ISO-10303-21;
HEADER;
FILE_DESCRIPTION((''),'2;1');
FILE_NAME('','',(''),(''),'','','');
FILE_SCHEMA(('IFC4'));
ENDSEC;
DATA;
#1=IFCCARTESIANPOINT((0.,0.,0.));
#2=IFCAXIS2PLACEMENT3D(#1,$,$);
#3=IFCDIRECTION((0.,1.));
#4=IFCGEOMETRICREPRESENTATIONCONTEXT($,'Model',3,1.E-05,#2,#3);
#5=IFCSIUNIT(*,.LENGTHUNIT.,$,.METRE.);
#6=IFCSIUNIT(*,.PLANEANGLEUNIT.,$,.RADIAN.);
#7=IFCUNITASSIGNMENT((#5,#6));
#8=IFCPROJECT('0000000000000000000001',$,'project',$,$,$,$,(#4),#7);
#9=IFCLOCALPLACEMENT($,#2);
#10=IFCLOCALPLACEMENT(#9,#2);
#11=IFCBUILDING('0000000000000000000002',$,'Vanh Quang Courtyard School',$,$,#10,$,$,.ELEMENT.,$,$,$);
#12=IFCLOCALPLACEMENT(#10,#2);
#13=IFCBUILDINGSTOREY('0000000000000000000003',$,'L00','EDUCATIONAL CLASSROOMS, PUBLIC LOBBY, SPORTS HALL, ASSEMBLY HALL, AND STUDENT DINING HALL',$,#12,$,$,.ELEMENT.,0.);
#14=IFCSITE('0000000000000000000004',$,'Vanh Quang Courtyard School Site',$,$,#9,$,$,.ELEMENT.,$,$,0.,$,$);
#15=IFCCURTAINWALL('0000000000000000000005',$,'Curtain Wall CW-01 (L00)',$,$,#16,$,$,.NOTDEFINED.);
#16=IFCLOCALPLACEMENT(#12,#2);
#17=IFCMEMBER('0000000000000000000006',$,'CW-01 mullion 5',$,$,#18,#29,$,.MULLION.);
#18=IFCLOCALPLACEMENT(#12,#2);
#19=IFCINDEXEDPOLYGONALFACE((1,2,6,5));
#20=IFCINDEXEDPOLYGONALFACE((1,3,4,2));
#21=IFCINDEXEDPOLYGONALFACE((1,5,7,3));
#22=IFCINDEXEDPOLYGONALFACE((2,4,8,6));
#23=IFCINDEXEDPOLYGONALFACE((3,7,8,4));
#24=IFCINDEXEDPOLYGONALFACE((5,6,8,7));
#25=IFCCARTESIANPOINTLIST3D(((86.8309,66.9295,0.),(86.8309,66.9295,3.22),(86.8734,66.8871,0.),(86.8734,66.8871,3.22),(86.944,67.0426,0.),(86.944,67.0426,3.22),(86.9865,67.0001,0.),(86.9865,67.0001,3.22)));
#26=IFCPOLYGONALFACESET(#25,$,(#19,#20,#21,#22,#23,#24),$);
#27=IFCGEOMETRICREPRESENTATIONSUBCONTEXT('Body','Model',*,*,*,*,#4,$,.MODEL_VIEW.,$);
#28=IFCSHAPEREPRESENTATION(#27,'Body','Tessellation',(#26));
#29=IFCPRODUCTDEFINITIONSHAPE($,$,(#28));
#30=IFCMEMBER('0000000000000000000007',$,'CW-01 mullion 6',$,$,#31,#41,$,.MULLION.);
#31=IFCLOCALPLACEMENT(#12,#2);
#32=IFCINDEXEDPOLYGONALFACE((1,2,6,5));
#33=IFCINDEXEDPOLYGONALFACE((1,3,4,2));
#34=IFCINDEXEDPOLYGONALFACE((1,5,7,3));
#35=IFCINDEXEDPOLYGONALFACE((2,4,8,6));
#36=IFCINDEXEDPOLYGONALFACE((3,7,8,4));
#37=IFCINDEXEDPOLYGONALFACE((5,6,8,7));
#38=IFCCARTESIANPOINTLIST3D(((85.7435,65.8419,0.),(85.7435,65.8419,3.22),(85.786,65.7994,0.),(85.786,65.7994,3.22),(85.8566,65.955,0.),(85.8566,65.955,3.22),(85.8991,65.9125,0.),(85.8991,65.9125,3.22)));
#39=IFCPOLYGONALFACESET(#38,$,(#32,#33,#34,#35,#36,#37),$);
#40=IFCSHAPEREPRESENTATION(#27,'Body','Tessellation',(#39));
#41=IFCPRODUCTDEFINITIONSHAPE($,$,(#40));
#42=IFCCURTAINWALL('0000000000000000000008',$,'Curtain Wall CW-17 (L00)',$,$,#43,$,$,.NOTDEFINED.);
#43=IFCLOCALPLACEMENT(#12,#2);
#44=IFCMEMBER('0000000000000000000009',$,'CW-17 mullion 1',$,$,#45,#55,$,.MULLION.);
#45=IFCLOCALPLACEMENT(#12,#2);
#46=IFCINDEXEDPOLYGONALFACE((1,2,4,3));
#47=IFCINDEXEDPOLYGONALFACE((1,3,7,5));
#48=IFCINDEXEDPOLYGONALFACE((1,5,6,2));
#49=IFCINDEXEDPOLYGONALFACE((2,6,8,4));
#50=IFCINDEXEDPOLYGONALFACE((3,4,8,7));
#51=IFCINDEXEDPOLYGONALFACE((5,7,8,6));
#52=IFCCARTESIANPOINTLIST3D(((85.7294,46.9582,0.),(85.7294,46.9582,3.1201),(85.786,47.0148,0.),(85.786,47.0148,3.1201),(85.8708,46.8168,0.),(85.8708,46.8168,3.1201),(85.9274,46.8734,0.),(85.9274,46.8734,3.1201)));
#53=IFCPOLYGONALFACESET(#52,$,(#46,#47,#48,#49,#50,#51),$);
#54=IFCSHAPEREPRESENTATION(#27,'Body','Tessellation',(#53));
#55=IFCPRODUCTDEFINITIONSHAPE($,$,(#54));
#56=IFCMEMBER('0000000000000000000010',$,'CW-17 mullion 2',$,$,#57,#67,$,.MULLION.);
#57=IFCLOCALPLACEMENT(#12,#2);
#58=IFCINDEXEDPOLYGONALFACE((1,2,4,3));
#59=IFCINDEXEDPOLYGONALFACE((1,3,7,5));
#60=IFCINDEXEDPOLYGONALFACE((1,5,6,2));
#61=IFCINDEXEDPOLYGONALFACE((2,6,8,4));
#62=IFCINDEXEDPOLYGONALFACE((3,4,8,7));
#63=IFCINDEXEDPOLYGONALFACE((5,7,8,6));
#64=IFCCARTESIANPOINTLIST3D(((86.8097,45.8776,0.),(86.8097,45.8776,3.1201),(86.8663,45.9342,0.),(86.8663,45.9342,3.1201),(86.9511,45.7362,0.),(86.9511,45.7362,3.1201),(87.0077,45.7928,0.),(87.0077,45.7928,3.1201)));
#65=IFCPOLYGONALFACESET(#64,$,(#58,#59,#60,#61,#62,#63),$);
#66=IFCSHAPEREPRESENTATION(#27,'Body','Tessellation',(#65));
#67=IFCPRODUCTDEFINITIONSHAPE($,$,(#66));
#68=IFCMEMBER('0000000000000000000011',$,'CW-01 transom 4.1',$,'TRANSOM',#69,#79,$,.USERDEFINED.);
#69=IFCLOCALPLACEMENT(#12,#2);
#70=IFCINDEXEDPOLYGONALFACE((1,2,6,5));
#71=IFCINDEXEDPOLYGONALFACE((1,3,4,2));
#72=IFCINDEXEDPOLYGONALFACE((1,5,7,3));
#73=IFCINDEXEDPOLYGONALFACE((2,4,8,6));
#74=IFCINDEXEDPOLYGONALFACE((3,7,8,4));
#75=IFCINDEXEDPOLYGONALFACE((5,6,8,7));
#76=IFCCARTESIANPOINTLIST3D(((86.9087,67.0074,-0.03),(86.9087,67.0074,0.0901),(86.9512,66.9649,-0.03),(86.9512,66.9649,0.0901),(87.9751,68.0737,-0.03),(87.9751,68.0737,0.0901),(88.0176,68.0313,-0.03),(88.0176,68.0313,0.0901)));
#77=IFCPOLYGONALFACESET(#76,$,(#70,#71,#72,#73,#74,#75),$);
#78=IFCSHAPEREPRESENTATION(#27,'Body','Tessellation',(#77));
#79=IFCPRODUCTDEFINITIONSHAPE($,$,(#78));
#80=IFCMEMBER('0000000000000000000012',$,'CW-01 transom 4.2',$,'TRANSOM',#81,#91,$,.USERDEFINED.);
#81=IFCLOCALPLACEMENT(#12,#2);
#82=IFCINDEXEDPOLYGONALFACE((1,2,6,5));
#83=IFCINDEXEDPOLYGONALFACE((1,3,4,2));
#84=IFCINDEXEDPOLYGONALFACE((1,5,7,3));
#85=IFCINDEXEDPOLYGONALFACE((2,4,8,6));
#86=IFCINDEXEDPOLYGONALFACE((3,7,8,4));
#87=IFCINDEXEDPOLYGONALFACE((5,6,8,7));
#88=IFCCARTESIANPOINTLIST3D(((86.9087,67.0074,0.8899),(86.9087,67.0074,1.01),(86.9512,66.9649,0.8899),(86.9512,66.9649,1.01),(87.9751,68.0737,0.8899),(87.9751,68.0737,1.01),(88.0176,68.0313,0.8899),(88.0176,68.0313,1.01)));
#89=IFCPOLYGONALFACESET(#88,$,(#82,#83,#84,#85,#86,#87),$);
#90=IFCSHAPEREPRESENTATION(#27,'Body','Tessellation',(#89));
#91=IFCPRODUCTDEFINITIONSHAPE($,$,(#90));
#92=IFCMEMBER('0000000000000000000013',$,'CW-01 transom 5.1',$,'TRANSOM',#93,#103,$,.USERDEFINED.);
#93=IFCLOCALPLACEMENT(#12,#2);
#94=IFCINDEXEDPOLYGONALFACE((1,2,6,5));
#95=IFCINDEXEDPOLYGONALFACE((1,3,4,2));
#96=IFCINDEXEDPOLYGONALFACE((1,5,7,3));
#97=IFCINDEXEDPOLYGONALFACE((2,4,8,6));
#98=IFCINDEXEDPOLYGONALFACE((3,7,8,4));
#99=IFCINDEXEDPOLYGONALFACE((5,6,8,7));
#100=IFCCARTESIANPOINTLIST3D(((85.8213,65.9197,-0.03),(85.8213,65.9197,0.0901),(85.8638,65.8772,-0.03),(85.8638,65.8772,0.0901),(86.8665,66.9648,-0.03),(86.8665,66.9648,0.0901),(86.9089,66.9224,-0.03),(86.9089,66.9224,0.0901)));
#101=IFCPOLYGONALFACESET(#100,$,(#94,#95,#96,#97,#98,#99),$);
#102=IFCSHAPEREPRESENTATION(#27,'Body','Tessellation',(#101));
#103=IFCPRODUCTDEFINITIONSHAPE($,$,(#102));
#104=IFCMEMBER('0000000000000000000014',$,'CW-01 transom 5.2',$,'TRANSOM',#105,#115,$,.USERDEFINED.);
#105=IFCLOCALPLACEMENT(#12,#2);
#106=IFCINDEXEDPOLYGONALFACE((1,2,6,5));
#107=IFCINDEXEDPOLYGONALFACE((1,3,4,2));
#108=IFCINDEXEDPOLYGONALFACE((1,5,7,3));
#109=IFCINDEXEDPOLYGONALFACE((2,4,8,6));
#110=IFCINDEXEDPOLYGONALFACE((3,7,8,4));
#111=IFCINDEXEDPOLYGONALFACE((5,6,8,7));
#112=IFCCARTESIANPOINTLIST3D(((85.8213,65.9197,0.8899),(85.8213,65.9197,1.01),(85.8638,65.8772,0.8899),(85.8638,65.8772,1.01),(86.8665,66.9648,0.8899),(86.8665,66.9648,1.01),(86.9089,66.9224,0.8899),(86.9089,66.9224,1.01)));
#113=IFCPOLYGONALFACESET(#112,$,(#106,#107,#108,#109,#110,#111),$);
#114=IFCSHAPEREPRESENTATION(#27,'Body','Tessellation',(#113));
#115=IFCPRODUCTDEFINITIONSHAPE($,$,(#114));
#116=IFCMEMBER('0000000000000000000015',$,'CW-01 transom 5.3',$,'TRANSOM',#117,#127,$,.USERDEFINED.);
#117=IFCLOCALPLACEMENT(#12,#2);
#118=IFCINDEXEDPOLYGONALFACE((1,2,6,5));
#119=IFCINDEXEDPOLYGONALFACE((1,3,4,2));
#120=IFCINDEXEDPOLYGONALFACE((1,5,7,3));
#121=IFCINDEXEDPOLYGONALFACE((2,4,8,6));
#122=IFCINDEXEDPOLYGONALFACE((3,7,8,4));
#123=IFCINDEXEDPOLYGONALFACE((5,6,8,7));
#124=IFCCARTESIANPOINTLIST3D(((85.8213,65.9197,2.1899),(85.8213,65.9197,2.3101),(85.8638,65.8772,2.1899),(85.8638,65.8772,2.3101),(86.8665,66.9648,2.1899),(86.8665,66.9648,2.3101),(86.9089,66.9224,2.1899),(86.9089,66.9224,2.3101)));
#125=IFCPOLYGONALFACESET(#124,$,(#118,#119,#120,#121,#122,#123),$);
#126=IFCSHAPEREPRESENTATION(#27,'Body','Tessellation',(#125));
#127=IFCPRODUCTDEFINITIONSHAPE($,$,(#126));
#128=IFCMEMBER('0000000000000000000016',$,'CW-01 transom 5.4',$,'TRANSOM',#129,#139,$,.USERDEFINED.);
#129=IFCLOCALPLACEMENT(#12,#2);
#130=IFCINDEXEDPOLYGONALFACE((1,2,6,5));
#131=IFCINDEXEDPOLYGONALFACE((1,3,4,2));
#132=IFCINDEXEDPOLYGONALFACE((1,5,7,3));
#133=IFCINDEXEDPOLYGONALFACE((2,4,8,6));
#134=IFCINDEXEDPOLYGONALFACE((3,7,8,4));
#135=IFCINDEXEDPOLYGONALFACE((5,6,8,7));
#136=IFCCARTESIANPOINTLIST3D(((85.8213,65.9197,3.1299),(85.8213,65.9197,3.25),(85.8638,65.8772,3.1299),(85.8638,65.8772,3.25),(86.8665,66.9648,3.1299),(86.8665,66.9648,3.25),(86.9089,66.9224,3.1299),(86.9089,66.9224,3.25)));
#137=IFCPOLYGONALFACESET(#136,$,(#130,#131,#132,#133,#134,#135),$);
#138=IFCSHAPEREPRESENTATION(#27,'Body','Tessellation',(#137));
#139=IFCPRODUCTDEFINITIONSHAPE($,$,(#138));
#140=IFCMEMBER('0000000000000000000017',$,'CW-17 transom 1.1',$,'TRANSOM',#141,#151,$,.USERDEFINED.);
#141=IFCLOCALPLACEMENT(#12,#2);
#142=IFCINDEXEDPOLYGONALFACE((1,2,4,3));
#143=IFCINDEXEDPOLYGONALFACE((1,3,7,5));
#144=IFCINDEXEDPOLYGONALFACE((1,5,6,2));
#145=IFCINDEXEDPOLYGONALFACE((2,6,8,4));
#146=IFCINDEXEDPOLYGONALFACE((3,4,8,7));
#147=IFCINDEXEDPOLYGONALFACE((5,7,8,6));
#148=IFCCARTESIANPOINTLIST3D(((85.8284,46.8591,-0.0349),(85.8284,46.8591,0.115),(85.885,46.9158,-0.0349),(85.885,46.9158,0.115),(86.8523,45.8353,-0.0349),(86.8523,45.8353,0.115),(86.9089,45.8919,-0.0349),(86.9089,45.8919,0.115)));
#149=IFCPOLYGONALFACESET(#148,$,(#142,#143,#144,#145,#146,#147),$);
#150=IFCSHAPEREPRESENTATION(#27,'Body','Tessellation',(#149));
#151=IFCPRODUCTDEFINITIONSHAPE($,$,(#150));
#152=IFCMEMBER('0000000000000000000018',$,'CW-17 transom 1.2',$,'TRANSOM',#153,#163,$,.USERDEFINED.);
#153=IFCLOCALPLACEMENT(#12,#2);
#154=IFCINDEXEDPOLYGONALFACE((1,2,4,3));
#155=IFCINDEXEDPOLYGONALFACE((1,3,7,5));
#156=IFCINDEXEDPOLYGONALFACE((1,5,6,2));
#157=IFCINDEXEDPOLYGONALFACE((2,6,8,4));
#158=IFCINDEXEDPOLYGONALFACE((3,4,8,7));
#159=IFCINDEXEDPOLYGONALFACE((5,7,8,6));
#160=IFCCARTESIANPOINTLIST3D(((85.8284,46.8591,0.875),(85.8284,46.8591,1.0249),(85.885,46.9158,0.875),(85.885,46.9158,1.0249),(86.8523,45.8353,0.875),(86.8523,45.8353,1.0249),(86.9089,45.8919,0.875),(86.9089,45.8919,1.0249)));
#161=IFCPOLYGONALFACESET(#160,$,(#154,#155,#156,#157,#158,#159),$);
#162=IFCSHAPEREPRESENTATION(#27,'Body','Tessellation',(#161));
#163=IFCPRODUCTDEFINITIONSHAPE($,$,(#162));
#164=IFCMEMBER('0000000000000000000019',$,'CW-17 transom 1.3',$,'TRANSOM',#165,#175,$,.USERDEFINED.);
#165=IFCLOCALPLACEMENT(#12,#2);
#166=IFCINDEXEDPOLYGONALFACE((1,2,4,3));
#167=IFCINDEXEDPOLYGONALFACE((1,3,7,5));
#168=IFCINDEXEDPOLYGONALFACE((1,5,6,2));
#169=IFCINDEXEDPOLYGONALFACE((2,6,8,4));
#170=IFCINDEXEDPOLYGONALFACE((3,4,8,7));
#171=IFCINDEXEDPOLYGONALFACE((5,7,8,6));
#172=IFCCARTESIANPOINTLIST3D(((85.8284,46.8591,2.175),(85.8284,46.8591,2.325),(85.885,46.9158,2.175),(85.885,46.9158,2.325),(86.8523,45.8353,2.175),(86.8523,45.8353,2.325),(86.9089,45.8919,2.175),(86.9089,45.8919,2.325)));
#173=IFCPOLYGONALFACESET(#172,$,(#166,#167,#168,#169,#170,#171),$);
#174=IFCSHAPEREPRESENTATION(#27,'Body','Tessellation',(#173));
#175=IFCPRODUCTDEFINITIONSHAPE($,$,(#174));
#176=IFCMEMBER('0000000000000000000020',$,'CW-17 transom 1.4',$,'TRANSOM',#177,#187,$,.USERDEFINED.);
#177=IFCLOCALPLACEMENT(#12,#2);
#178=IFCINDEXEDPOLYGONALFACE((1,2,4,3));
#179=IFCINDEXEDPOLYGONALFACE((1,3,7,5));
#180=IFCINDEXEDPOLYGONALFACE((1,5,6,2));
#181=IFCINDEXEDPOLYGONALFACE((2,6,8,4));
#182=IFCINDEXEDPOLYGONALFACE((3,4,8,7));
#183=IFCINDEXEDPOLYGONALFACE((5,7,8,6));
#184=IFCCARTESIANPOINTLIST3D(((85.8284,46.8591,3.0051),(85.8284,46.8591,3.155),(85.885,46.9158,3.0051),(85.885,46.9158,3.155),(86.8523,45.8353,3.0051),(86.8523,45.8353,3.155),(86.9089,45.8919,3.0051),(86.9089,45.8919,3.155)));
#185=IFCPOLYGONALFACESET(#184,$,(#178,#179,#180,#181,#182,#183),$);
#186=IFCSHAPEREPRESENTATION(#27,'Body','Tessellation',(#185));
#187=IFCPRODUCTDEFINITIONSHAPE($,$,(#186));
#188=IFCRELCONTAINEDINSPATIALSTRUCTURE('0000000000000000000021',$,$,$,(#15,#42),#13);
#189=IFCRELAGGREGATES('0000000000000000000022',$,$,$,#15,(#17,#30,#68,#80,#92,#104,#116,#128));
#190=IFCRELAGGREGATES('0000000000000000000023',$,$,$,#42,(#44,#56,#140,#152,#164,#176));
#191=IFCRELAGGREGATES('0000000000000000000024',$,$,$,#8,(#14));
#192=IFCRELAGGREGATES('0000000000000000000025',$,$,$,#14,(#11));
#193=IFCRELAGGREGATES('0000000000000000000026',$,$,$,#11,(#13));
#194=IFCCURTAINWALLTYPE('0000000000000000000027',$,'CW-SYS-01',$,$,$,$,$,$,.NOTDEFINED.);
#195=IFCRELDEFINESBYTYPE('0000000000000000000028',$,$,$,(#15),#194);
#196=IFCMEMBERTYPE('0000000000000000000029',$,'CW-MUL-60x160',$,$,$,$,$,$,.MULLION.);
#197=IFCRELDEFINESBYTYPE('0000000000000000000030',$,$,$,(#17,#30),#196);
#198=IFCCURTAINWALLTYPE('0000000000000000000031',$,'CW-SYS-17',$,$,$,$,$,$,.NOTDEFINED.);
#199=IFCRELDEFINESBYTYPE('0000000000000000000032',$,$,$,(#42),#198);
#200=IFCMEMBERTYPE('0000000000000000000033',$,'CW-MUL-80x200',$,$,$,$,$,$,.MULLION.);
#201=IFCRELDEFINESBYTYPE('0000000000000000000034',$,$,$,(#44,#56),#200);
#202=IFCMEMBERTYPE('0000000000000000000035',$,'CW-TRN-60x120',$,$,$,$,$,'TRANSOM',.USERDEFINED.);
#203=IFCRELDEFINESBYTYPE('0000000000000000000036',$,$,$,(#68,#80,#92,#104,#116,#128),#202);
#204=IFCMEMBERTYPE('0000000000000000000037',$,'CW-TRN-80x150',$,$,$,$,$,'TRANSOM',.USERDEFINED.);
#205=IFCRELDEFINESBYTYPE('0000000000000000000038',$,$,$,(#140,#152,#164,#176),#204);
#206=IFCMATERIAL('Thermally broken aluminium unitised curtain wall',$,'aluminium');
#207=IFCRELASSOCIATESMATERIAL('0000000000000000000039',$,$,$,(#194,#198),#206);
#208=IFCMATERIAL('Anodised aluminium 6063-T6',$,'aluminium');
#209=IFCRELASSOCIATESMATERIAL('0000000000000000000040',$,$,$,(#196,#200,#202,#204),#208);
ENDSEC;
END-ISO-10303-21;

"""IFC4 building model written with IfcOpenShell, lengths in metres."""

from ifc_helpers import new_model, si_unit, direction, frame, origin, origin_2d, place, context, subcontext, project, spatial, rectangle, extrude, material, material_profile, profile_set, type_object, element, aggregate, save


model = new_model("IFC4")

# Units and contexts
model_context = context("Model", 3, precision=1e-05, world=origin(), true_north=direction((0.0, 1.0)))
body_context = subcontext(model_context, "Body", "Model", "MODEL_VIEW")
ifc_project = project(units=[si_unit("LENGTHUNIT", "METRE"), si_unit("PLANEANGLEUNIT", "RADIAN")], contexts=[model_context])

# Site, building, storey
site_placement = place(None, origin())
site = spatial("IfcSite", under=ifc_project, at=site_placement, Name="Vanh Quang Courtyard School Site", CompositionType="ELEMENT", RefElevation=0.0)
building_placement = place(site_placement, origin())
building = spatial("IfcBuilding", under=site, at=building_placement, Name="Vanh Quang Courtyard School", CompositionType="ELEMENT")
storey_placement = place(building_placement, origin())
storey = spatial("IfcBuildingStorey", under=building, at=storey_placement, Name="L00", Description="EDUCATIONAL CLASSROOMS, PUBLIC LOBBY, SPORTS HALL, ASSEMBLY HALL, AND STUDENT DINING HALL", CompositionType="ELEMENT", Elevation=0.0)

# Curtain walls, members
ifc_material_1 = material(Name="Thermally broken aluminium unitised curtain wall", Category="aluminium")
curtain_wall_type_1 = type_object("IfcCurtainWallType", Name="CW-SYS-01", PredefinedType="NOTDEFINED", material=ifc_material_1)
curtain_wall_1_placement = place(storey_placement, origin())
curtain_wall_1 = element("IfcCurtainWall", 1, at=curtain_wall_1_placement, inside=storey, type_object=curtain_wall_type_1, Name="Curtain Wall CW-01 (L00)", PredefinedType="NOTDEFINED")
ifc_material_2 = material(Name="Anodised aluminium 6063-T6", Category="aluminium")
ifc_material_profile_1 = material_profile(ifc_material_2, rectangle(XDim=0.0601, YDim=0.1599, at=origin_2d()), Name="ALU-MUL 60x160")
ifc_profile_set_1 = profile_set([ifc_material_profile_1], Name="Anodised aluminium 6063-T6")
member_type_1 = type_object("IfcMemberType", Name="CW-MUL-60x160", PredefinedType="MULLION", material=ifc_profile_set_1)
member_1_placement = place(storey_placement, frame((86.9087, 66.9648, 0.0), z_axis=(0.0, 0.0, 1.0), x_axis=(0.707107, -0.707107, 0.0)))
member_1 = element("IfcMember", 2, at=member_1_placement, type_object=member_type_1, Name="CW-01 mullion 5", PredefinedType="MULLION", context=body_context, shape_type="SweptSolid", body=[
    extrude(rectangle(XDim=0.0601, YDim=0.1599, at=origin_2d()), origin(), (0.0, 0.0, 1.0), 3.22),
])
member_2_placement = place(storey_placement, frame((85.8213, 65.8772, 0.0), z_axis=(0.0, 0.0, 1.0), x_axis=(0.707107, -0.707107, 0.0)))
member_2 = element("IfcMember", 3, at=member_2_placement, type_object=member_type_1, Name="CW-01 mullion 6", PredefinedType="MULLION", context=body_context, shape_type="SweptSolid", body=[
    extrude(rectangle(XDim=0.0601, YDim=0.1599, at=origin_2d()), origin(), (0.0, 0.0, 1.0), 3.22),
])
curtain_wall_type_2 = type_object("IfcCurtainWallType", Name="CW-SYS-17", PredefinedType="NOTDEFINED", material=ifc_material_1)
curtain_wall_2_placement = place(storey_placement, origin())
curtain_wall_2 = element("IfcCurtainWall", 4, at=curtain_wall_2_placement, inside=storey, type_object=curtain_wall_type_2, Name="Curtain Wall CW-17 (L00)", PredefinedType="NOTDEFINED")
ifc_material_profile_2 = material_profile(ifc_material_2, rectangle(XDim=0.0801, YDim=0.2, at=origin_2d()), Name="ALU-MUL 80x200")
ifc_profile_set_2 = profile_set([ifc_material_profile_2], Name="Anodised aluminium 6063-T6")
member_type_2 = type_object("IfcMemberType", Name="CW-MUL-80x200", PredefinedType="MULLION", material=ifc_profile_set_2)
member_3_placement = place(storey_placement, frame((85.8284, 46.9158, 0.0), z_axis=(0.0, 0.0, 1.0), x_axis=(0.707107, 0.707107, 0.0)))
member_3 = element("IfcMember", 5, at=member_3_placement, type_object=member_type_2, Name="CW-17 mullion 1", PredefinedType="MULLION", context=body_context, shape_type="SweptSolid", body=[
    extrude(rectangle(XDim=0.0801, YDim=0.2, at=origin_2d()), origin(), (0.0, 0.0, 1.0), 3.1201),
])
member_4_placement = place(storey_placement, frame((86.9087, 45.8352, 0.0), z_axis=(0.0, 0.0, 1.0), x_axis=(0.707107, 0.707107, 0.0)))
member_4 = element("IfcMember", 6, at=member_4_placement, type_object=member_type_2, Name="CW-17 mullion 2", PredefinedType="MULLION", context=body_context, shape_type="SweptSolid", body=[
    extrude(rectangle(XDim=0.0801, YDim=0.2, at=origin_2d()), origin(), (0.0, 0.0, 1.0), 3.1201),
])

# Members
ifc_material_profile_3 = material_profile(ifc_material_2, rectangle(XDim=0.0601, YDim=0.1201, at=origin_2d()), Name="ALU-TRN 60x120")
ifc_profile_set_3 = profile_set([ifc_material_profile_3], Name="Anodised aluminium 6063-T6")
member_type_3 = type_object("IfcMemberType", Name="CW-TRN-60x120", ElementType="TRANSOM", PredefinedType="USERDEFINED", material=ifc_profile_set_3)
member_5_placement = place(storey_placement, frame((87.9963, 68.0525, 0.03), z_axis=(-0.707107, -0.707107, 0.0), x_axis=(0.707107, -0.707107, 0.0)))
member_5 = element("IfcMember", 7, at=member_5_placement, type_object=member_type_3, Name="CW-01 transom 4.1", ObjectType="TRANSOM", PredefinedType="USERDEFINED", context=body_context, shape_type="SweptSolid", body=[
    extrude(rectangle(XDim=0.0601, YDim=0.1201, at=origin_2d()), origin(), (0.0, 0.0, 1.0), 1.5081),
])
member_6_placement = place(storey_placement, frame((87.9963, 68.0525, 0.95), z_axis=(-0.707107, -0.707107, 0.0), x_axis=(0.707107, -0.707107, 0.0)))
member_6 = element("IfcMember", 8, at=member_6_placement, type_object=member_type_3, Name="CW-01 transom 4.2", ObjectType="TRANSOM", PredefinedType="USERDEFINED", context=body_context, shape_type="SweptSolid", body=[
    extrude(rectangle(XDim=0.0601, YDim=0.1201, at=origin_2d()), origin(), (0.0, 0.0, 1.0), 1.5081),
])
member_7_placement = place(storey_placement, frame((86.8877, 66.9436, 0.03), z_axis=(-0.707107, -0.707107, 0.0), x_axis=(0.707107, -0.707107, 0.0)))
member_7 = element("IfcMember", 9, at=member_7_placement, type_object=member_type_3, Name="CW-01 transom 5.1", ObjectType="TRANSOM", PredefinedType="USERDEFINED", context=body_context, shape_type="SweptSolid", body=[
    extrude(rectangle(XDim=0.0601, YDim=0.1201, at=origin_2d()), origin(), (0.0, 0.0, 1.0), 1.478),
])
member_8_placement = place(storey_placement, frame((86.8877, 66.9436, 0.95), z_axis=(-0.707107, -0.707107, 0.0), x_axis=(0.707107, -0.707107, 0.0)))
member_8 = element("IfcMember", 10, at=member_8_placement, type_object=member_type_3, Name="CW-01 transom 5.2", ObjectType="TRANSOM", PredefinedType="USERDEFINED", context=body_context, shape_type="SweptSolid", body=[
    extrude(rectangle(XDim=0.0601, YDim=0.1201, at=origin_2d()), origin(), (0.0, 0.0, 1.0), 1.478),
])
member_9_placement = place(storey_placement, frame((86.8877, 66.9436, 2.25), z_axis=(-0.707107, -0.707107, 0.0), x_axis=(0.707107, -0.707107, 0.0)))
member_9 = element("IfcMember", 11, at=member_9_placement, type_object=member_type_3, Name="CW-01 transom 5.3", ObjectType="TRANSOM", PredefinedType="USERDEFINED", context=body_context, shape_type="SweptSolid", body=[
    extrude(rectangle(XDim=0.0601, YDim=0.1201, at=origin_2d()), origin(), (0.0, 0.0, 1.0), 1.478),
])
member_10_placement = place(storey_placement, frame((86.8877, 66.9436, 3.1899), z_axis=(-0.707107, -0.707107, 0.0), x_axis=(0.707107, -0.707107, 0.0)))
member_10 = element("IfcMember", 12, at=member_10_placement, type_object=member_type_3, Name="CW-01 transom 5.4", ObjectType="TRANSOM", PredefinedType="USERDEFINED", context=body_context, shape_type="SweptSolid", body=[
    extrude(rectangle(XDim=0.0601, YDim=0.1201, at=origin_2d()), origin(), (0.0, 0.0, 1.0), 1.478),
])
ifc_material_profile_4 = material_profile(ifc_material_2, rectangle(XDim=0.0801, YDim=0.1499, at=origin_2d()), Name="ALU-TRN 80x150")
ifc_profile_set_4 = profile_set([ifc_material_profile_4], Name="Anodised aluminium 6063-T6")
member_type_4 = type_object("IfcMemberType", Name="CW-TRN-80x150", ElementType="TRANSOM", PredefinedType="USERDEFINED", material=ifc_profile_set_4)
member_11_placement = place(storey_placement, frame((85.8567, 46.8875, 0.04), z_axis=(0.707107, -0.707107, 0.0), x_axis=(0.707107, 0.707107, 0.0)))
member_11 = element("IfcMember", 13, at=member_11_placement, type_object=member_type_4, Name="CW-17 transom 1.1", ObjectType="TRANSOM", PredefinedType="USERDEFINED", context=body_context, shape_type="SweptSolid", body=[
    extrude(rectangle(XDim=0.0801, YDim=0.1499, at=origin_2d()), origin(), (0.0, 0.0, 1.0), 1.448),
])
member_12_placement = place(storey_placement, frame((85.8567, 46.8875, 0.95), z_axis=(0.707107, -0.707107, 0.0), x_axis=(0.707107, 0.707107, 0.0)))
member_12 = element("IfcMember", 14, at=member_12_placement, type_object=member_type_4, Name="CW-17 transom 1.2", ObjectType="TRANSOM", PredefinedType="USERDEFINED", context=body_context, shape_type="SweptSolid", body=[
    extrude(rectangle(XDim=0.0801, YDim=0.1499, at=origin_2d()), origin(), (0.0, 0.0, 1.0), 1.448),
])
member_13_placement = place(storey_placement, frame((85.8567, 46.8875, 2.25), z_axis=(0.707107, -0.707107, 0.0), x_axis=(0.707107, 0.707107, 0.0)))
member_13 = element("IfcMember", 15, at=member_13_placement, type_object=member_type_4, Name="CW-17 transom 1.3", ObjectType="TRANSOM", PredefinedType="USERDEFINED", context=body_context, shape_type="SweptSolid", body=[
    extrude(rectangle(XDim=0.0801, YDim=0.1499, at=origin_2d()), origin(), (0.0, 0.0, 1.0), 1.448),
])
member_14_placement = place(storey_placement, frame((85.8567, 46.8875, 3.0801), z_axis=(0.707107, -0.707107, 0.0), x_axis=(0.707107, 0.707107, 0.0)))
member_14 = element("IfcMember", 16, at=member_14_placement, type_object=member_type_4, Name="CW-17 transom 1.4", ObjectType="TRANSOM", PredefinedType="USERDEFINED", context=body_context, shape_type="SweptSolid", body=[
    extrude(rectangle(XDim=0.0801, YDim=0.1499, at=origin_2d()), origin(), (0.0, 0.0, 1.0), 1.448),
])

aggregate(curtain_wall_1, [member_1, member_2, member_5, member_6, member_7, member_8, member_9, member_10])
aggregate(curtain_wall_2, [member_3, member_4, member_11, member_12, member_13, member_14])

save(model, "model.ifc")
